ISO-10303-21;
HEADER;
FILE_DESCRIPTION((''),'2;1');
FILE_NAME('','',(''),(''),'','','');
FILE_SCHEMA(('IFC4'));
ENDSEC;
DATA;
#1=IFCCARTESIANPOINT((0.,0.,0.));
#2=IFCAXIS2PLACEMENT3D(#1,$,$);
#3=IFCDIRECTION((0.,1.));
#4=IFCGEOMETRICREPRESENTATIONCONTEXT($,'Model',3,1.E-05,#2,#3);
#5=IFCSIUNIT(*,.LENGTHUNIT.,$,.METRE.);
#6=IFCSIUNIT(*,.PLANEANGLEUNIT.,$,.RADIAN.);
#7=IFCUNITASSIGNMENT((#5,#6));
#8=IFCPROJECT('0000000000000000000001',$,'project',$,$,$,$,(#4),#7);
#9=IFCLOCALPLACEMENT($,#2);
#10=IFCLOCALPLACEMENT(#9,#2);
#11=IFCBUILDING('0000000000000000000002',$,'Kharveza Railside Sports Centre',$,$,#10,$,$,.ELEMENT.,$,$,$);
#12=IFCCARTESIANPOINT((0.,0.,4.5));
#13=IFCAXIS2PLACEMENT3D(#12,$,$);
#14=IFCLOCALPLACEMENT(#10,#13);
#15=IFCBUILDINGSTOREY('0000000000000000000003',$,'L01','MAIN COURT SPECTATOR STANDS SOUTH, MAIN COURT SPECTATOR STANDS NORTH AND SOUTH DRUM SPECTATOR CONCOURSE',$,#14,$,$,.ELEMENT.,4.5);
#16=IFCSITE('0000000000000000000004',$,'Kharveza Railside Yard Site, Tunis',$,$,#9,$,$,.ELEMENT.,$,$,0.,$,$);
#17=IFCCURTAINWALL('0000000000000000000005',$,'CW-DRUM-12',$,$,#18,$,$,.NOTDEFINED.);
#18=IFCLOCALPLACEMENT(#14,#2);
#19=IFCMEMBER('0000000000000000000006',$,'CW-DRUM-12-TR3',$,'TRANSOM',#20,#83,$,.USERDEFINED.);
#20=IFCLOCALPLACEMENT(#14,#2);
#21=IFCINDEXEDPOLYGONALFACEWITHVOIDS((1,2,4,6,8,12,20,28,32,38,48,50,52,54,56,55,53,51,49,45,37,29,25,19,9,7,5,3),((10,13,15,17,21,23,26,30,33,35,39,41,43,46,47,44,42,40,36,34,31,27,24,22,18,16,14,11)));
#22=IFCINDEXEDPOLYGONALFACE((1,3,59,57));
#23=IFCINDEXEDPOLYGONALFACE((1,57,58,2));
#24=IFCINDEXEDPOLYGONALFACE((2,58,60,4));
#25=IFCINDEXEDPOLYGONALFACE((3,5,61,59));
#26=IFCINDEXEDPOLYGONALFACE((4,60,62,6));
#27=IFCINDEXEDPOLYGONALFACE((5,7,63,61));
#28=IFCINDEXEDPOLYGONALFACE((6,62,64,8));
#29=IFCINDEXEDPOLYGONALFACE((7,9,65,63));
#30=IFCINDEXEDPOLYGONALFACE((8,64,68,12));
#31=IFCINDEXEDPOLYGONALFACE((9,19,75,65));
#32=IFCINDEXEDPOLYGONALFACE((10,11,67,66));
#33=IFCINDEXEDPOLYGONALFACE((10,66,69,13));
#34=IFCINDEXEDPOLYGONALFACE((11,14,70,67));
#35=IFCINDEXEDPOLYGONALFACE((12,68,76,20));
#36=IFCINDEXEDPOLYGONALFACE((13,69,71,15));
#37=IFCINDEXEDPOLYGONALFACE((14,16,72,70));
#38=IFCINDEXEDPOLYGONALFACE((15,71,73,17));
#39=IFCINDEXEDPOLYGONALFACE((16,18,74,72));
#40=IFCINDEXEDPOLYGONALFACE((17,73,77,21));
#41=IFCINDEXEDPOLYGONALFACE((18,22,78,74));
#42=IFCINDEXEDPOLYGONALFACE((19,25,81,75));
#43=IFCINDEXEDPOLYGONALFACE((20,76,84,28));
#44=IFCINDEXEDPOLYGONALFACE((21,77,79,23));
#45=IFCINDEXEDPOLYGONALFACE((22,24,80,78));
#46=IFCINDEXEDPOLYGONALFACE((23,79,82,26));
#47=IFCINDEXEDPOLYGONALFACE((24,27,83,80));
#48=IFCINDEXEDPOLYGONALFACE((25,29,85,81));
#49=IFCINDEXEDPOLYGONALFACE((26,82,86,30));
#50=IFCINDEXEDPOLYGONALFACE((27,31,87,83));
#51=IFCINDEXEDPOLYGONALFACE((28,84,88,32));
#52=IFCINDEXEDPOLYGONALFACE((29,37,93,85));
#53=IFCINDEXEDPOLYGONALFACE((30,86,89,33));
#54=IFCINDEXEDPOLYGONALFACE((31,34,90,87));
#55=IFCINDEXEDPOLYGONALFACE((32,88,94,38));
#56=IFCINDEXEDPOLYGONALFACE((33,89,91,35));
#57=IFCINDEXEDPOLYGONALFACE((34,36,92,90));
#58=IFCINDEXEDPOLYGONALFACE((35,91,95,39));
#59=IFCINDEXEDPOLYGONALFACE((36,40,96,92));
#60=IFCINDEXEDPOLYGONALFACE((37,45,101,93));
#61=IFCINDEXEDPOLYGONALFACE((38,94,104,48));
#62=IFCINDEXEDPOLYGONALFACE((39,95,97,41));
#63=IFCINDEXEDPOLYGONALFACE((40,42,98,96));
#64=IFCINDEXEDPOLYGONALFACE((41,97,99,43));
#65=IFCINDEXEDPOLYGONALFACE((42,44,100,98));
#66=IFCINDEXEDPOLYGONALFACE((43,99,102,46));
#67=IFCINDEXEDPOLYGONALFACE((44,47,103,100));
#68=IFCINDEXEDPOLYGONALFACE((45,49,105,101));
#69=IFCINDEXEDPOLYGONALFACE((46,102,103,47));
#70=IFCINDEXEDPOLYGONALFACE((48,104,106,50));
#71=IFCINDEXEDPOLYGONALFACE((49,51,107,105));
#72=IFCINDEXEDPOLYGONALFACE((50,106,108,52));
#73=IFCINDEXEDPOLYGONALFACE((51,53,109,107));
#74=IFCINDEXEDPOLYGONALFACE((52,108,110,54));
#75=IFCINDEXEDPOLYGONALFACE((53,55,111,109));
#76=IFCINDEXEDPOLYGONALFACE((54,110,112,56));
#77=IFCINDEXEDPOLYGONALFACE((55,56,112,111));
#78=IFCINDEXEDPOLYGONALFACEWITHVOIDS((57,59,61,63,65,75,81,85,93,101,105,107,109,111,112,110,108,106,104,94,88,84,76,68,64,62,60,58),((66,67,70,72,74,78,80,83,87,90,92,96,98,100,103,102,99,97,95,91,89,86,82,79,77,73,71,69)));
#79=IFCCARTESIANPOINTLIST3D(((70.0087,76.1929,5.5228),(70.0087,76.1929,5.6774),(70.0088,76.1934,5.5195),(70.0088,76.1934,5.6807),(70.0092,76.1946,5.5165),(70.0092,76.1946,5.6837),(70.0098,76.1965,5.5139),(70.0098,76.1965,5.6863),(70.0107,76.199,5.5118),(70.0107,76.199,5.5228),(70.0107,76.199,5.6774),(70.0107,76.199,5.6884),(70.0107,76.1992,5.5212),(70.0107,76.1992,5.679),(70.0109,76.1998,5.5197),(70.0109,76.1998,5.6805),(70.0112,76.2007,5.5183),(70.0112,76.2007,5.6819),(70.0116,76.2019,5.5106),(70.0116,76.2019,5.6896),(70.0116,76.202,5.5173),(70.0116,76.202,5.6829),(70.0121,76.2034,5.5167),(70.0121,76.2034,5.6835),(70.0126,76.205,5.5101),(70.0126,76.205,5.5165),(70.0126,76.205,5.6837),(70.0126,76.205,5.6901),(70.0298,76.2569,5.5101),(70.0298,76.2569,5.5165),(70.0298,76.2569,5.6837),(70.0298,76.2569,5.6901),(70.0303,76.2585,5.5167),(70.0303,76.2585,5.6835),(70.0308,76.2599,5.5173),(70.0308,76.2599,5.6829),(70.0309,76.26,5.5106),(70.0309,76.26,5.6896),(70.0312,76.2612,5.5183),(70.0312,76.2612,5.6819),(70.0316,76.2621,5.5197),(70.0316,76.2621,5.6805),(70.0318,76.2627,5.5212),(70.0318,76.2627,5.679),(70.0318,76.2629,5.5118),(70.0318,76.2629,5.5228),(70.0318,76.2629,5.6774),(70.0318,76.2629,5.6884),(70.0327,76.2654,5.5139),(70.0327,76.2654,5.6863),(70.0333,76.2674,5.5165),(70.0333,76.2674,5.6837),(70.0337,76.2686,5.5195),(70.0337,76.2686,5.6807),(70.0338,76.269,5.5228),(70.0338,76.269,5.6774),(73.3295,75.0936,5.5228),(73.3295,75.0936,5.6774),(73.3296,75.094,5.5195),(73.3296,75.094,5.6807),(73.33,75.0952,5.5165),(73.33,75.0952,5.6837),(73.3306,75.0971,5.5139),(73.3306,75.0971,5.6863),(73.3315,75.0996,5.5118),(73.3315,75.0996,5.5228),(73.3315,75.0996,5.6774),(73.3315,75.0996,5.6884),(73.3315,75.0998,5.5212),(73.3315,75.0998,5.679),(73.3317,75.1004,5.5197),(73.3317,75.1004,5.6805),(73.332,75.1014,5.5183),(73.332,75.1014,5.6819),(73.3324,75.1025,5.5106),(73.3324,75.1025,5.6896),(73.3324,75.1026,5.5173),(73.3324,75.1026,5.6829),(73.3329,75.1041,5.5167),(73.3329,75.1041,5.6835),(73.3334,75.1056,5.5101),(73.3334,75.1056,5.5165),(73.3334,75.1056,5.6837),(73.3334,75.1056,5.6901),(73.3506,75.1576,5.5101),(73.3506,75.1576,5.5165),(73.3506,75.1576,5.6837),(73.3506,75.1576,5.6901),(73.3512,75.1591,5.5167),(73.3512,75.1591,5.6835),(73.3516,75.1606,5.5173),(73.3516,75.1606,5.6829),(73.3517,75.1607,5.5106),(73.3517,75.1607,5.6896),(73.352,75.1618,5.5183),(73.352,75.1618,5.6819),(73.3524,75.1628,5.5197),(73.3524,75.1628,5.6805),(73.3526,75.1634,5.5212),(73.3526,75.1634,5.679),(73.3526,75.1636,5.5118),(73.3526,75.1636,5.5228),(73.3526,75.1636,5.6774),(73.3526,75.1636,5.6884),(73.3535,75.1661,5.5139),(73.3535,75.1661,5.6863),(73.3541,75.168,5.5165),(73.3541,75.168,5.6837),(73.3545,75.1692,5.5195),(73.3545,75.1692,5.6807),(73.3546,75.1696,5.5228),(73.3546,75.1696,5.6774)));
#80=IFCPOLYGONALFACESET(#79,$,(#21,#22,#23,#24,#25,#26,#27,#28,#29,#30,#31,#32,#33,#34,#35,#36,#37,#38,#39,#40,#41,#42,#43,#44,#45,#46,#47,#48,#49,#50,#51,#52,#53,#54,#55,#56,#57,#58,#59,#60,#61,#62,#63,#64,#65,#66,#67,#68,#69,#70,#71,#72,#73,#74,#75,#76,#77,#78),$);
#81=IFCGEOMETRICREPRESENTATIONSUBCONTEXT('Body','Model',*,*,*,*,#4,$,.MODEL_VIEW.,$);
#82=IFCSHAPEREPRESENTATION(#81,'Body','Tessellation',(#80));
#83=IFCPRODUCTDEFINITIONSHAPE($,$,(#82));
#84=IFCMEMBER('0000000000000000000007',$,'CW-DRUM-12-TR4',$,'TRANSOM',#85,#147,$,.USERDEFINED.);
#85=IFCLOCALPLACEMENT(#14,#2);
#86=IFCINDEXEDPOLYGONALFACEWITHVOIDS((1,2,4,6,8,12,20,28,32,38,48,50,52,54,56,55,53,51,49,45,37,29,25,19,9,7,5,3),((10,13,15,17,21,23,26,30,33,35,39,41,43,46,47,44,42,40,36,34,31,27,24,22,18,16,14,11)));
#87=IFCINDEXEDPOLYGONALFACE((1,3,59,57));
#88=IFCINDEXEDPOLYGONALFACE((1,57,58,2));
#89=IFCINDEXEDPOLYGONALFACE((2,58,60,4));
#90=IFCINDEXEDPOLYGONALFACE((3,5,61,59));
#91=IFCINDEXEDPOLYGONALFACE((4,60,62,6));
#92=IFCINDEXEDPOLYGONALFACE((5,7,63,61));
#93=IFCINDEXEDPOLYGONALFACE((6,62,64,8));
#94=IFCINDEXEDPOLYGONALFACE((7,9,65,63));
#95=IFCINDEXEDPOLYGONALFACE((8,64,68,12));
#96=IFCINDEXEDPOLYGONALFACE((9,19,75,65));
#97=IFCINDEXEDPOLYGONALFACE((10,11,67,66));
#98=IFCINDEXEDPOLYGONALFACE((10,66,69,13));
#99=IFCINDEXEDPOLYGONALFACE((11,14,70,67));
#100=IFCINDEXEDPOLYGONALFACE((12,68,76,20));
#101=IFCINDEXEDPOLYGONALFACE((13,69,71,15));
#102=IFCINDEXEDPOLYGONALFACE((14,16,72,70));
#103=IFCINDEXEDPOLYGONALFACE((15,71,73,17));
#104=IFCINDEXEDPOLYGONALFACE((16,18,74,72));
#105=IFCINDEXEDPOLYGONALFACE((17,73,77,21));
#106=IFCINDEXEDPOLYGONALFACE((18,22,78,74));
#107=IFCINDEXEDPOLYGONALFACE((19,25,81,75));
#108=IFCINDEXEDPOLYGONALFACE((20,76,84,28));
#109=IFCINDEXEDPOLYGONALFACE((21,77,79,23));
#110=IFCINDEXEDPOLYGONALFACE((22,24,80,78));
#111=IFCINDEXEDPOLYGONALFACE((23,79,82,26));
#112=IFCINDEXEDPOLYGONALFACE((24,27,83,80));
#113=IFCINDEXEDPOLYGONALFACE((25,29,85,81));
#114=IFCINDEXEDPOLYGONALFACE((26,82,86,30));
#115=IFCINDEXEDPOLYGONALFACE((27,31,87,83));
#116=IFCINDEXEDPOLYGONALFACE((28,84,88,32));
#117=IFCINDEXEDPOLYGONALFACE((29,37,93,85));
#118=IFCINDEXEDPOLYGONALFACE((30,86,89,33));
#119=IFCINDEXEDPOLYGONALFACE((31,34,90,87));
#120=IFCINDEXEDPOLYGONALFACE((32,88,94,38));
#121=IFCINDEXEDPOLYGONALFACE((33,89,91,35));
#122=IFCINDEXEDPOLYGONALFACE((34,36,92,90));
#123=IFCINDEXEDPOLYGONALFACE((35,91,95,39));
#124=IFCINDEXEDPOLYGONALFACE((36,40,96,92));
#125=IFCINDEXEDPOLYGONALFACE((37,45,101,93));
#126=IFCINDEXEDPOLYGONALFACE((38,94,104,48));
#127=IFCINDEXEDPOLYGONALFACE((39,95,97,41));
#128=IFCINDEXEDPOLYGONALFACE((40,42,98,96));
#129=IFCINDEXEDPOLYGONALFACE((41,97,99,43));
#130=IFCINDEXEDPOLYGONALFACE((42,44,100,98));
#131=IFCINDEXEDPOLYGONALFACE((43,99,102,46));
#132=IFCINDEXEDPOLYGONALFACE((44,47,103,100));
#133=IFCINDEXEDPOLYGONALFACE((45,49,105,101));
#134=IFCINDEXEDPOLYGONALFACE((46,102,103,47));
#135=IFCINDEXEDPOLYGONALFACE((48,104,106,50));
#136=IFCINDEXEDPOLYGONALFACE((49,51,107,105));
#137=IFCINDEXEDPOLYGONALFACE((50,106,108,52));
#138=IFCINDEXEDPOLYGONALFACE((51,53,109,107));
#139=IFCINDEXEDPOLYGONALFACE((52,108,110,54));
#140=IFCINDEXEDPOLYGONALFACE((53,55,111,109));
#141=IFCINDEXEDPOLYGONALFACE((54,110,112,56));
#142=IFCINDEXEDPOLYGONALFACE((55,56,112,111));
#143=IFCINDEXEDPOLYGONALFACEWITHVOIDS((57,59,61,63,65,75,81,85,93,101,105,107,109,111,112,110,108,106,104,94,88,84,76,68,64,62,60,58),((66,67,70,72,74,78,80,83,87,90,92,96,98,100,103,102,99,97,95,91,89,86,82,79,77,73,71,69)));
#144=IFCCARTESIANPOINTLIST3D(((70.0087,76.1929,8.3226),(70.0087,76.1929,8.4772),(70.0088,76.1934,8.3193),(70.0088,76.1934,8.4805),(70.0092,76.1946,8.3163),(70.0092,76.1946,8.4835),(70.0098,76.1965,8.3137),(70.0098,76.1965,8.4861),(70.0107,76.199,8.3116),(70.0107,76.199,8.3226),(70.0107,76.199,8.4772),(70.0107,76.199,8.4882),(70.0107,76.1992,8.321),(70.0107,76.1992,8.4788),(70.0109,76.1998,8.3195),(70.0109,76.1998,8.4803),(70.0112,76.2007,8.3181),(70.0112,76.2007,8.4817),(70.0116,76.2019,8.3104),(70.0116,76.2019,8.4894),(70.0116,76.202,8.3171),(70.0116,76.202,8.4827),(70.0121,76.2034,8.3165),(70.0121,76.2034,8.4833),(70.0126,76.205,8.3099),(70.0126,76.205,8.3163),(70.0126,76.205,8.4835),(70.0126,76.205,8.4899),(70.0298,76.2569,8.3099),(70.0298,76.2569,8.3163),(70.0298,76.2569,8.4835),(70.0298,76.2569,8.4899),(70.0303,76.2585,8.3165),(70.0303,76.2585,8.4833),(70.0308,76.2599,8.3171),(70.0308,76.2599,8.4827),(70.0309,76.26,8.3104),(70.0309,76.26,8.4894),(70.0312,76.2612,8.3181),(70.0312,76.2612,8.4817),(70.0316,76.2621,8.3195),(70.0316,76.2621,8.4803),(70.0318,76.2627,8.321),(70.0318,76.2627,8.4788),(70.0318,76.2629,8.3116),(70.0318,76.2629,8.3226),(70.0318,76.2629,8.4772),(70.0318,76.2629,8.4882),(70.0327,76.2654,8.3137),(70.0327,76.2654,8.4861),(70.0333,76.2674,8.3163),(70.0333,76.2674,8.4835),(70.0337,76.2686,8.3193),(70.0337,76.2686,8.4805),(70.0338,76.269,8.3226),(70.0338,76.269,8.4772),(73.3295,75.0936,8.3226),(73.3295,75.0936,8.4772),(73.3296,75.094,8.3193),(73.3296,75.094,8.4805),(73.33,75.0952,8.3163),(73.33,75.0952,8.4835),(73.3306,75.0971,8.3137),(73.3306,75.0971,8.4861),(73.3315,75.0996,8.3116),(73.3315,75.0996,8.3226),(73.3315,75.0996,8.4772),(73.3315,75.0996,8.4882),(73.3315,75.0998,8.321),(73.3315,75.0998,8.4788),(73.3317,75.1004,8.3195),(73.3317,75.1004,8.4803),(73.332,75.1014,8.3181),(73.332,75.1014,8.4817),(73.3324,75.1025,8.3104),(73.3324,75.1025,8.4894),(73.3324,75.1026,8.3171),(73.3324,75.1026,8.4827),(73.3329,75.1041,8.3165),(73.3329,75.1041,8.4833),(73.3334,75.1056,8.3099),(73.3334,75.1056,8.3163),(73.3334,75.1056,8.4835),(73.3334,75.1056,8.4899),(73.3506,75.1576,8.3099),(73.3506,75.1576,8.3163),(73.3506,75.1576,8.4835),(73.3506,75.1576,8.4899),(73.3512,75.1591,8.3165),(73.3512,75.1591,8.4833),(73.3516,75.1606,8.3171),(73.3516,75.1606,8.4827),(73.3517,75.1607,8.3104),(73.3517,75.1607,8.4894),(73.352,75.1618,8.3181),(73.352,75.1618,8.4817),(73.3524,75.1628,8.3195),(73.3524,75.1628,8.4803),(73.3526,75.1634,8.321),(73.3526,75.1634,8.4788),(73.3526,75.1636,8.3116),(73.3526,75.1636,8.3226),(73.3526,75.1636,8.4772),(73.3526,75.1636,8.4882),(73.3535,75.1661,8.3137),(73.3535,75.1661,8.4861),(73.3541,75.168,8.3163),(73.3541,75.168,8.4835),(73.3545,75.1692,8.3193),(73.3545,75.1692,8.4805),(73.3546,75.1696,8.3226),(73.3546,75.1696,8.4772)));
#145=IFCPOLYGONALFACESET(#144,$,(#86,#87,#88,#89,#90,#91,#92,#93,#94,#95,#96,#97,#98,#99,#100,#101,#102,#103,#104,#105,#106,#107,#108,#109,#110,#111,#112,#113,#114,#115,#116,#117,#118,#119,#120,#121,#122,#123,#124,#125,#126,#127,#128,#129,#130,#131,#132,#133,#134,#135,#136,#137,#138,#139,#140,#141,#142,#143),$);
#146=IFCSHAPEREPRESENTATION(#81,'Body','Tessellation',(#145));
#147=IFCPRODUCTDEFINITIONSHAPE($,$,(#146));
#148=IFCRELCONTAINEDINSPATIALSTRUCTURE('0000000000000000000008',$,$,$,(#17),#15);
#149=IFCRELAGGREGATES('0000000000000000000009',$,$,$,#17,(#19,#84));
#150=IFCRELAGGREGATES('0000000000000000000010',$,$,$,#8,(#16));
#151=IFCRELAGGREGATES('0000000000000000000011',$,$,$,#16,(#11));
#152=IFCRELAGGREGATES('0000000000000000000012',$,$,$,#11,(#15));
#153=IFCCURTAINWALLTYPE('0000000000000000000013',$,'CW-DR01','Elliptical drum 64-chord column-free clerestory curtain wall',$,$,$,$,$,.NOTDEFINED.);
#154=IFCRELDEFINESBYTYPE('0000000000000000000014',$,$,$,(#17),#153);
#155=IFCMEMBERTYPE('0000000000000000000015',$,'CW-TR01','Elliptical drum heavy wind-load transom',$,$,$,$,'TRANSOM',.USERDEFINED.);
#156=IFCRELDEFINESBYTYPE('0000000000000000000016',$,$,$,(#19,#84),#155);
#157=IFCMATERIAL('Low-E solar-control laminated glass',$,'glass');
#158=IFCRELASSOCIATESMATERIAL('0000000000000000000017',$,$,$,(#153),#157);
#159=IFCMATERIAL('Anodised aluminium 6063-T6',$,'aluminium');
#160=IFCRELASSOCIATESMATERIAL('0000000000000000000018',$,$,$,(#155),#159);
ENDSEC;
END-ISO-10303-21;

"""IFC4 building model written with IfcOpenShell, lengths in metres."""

from ifc_helpers import new_model, si_unit, direction, frame, origin, origin_2d, place, context, subcontext, project, spatial, hollow_rectangle, extrude, material, material_profile, profile_set, type_object, element, aggregate, save


model = new_model("IFC4")

# Units and contexts
model_context = context("Model", 3, precision=1e-05, world=origin(), true_north=direction((0.0, 1.0)))
body_context = subcontext(model_context, "Body", "Model", "MODEL_VIEW")
ifc_project = project(units=[si_unit("LENGTHUNIT", "METRE"), si_unit("PLANEANGLEUNIT", "RADIAN")], contexts=[model_context])

# Site, building, storey
site_placement = place(None, origin())
site = spatial("IfcSite", under=ifc_project, at=site_placement, Name="Kharveza Railside Yard Site, Tunis", CompositionType="ELEMENT", RefElevation=0.0)
building_placement = place(site_placement, origin())
building = spatial("IfcBuilding", under=site, at=building_placement, Name="Kharveza Railside Sports Centre", CompositionType="ELEMENT")
storey_placement = place(building_placement, frame((0.0, 0.0, 4.5)))
storey = spatial("IfcBuildingStorey", under=building, at=storey_placement, Name="L01", Description="MAIN COURT SPECTATOR STANDS SOUTH, MAIN COURT SPECTATOR STANDS NORTH AND SOUTH DRUM SPECTATOR CONCOURSE", CompositionType="ELEMENT", Elevation=4.5)

# Curtain wall
ifc_material_1 = material(Name="Low-E solar-control laminated glass", Category="glass")
curtain_wall_type = type_object("IfcCurtainWallType", Name="CW-DR01", Description="Elliptical drum 64-chord column-free clerestory curtain wall", PredefinedType="NOTDEFINED", material=ifc_material_1)
ifc_material_2 = material(Name="Anodised aluminium 6063-T6", Category="aluminium")
curtain_wall_1_placement = place(storey_placement, origin())
curtain_wall_1 = element("IfcCurtainWall", 1, at=curtain_wall_1_placement, inside=storey, type_object=curtain_wall_type, Name="CW-DRUM-12", PredefinedType="NOTDEFINED")

# Members
ifc_material_profile_1 = material_profile(ifc_material_2, hollow_rectangle(XDim=0.0801, YDim=0.1799, WallThickness=0.0063, InnerFilletRadius=0.0063, OuterFilletRadius=0.0127, at=origin_2d()), Name="RHS 80x180x6.3")
ifc_profile_set_1 = profile_set([ifc_material_profile_1], Name="Anodised aluminium 6063-T6")
member_type_1 = type_object("IfcMemberType", Name="CW-TR01", Description="Elliptical drum heavy wind-load transom", ElementType="TRANSOM", PredefinedType="USERDEFINED", material=ifc_profile_set_1)
member_1_placement = place(storey_placement, frame((73.342, 75.1316, 5.6001), z_axis=(-0.94933, 0.31428, 0.0), x_axis=(-0.31428, -0.94933, 0.0)))
member_1 = element("IfcMember", 2, at=member_1_placement, type_object=member_type_1, Name="CW-DRUM-12-TR3", ObjectType="TRANSOM", PredefinedType="USERDEFINED", context=body_context, shape_type="SweptSolid", body=[
    extrude(hollow_rectangle(XDim=0.0801, YDim=0.1799, WallThickness=0.0063, InnerFilletRadius=0.0063, OuterFilletRadius=0.0127, at=origin_2d()), origin(), (0.0, 0.0, 1.0), 3.498),
])
member_2_placement = place(storey_placement, frame((73.342, 75.1316, 8.3999), z_axis=(-0.94933, 0.31428, 0.0), x_axis=(-0.31428, -0.94933, 0.0)))
member_2 = element("IfcMember", 3, at=member_2_placement, type_object=member_type_1, Name="CW-DRUM-12-TR4", ObjectType="TRANSOM", PredefinedType="USERDEFINED", context=body_context, shape_type="SweptSolid", body=[
    extrude(hollow_rectangle(XDim=0.0801, YDim=0.1799, WallThickness=0.0063, InnerFilletRadius=0.0063, OuterFilletRadius=0.0127, at=origin_2d()), origin(), (0.0, 0.0, 1.0), 3.498),
])

aggregate(curtain_wall_1, [member_1, member_2])

save(model, "model.ifc")
